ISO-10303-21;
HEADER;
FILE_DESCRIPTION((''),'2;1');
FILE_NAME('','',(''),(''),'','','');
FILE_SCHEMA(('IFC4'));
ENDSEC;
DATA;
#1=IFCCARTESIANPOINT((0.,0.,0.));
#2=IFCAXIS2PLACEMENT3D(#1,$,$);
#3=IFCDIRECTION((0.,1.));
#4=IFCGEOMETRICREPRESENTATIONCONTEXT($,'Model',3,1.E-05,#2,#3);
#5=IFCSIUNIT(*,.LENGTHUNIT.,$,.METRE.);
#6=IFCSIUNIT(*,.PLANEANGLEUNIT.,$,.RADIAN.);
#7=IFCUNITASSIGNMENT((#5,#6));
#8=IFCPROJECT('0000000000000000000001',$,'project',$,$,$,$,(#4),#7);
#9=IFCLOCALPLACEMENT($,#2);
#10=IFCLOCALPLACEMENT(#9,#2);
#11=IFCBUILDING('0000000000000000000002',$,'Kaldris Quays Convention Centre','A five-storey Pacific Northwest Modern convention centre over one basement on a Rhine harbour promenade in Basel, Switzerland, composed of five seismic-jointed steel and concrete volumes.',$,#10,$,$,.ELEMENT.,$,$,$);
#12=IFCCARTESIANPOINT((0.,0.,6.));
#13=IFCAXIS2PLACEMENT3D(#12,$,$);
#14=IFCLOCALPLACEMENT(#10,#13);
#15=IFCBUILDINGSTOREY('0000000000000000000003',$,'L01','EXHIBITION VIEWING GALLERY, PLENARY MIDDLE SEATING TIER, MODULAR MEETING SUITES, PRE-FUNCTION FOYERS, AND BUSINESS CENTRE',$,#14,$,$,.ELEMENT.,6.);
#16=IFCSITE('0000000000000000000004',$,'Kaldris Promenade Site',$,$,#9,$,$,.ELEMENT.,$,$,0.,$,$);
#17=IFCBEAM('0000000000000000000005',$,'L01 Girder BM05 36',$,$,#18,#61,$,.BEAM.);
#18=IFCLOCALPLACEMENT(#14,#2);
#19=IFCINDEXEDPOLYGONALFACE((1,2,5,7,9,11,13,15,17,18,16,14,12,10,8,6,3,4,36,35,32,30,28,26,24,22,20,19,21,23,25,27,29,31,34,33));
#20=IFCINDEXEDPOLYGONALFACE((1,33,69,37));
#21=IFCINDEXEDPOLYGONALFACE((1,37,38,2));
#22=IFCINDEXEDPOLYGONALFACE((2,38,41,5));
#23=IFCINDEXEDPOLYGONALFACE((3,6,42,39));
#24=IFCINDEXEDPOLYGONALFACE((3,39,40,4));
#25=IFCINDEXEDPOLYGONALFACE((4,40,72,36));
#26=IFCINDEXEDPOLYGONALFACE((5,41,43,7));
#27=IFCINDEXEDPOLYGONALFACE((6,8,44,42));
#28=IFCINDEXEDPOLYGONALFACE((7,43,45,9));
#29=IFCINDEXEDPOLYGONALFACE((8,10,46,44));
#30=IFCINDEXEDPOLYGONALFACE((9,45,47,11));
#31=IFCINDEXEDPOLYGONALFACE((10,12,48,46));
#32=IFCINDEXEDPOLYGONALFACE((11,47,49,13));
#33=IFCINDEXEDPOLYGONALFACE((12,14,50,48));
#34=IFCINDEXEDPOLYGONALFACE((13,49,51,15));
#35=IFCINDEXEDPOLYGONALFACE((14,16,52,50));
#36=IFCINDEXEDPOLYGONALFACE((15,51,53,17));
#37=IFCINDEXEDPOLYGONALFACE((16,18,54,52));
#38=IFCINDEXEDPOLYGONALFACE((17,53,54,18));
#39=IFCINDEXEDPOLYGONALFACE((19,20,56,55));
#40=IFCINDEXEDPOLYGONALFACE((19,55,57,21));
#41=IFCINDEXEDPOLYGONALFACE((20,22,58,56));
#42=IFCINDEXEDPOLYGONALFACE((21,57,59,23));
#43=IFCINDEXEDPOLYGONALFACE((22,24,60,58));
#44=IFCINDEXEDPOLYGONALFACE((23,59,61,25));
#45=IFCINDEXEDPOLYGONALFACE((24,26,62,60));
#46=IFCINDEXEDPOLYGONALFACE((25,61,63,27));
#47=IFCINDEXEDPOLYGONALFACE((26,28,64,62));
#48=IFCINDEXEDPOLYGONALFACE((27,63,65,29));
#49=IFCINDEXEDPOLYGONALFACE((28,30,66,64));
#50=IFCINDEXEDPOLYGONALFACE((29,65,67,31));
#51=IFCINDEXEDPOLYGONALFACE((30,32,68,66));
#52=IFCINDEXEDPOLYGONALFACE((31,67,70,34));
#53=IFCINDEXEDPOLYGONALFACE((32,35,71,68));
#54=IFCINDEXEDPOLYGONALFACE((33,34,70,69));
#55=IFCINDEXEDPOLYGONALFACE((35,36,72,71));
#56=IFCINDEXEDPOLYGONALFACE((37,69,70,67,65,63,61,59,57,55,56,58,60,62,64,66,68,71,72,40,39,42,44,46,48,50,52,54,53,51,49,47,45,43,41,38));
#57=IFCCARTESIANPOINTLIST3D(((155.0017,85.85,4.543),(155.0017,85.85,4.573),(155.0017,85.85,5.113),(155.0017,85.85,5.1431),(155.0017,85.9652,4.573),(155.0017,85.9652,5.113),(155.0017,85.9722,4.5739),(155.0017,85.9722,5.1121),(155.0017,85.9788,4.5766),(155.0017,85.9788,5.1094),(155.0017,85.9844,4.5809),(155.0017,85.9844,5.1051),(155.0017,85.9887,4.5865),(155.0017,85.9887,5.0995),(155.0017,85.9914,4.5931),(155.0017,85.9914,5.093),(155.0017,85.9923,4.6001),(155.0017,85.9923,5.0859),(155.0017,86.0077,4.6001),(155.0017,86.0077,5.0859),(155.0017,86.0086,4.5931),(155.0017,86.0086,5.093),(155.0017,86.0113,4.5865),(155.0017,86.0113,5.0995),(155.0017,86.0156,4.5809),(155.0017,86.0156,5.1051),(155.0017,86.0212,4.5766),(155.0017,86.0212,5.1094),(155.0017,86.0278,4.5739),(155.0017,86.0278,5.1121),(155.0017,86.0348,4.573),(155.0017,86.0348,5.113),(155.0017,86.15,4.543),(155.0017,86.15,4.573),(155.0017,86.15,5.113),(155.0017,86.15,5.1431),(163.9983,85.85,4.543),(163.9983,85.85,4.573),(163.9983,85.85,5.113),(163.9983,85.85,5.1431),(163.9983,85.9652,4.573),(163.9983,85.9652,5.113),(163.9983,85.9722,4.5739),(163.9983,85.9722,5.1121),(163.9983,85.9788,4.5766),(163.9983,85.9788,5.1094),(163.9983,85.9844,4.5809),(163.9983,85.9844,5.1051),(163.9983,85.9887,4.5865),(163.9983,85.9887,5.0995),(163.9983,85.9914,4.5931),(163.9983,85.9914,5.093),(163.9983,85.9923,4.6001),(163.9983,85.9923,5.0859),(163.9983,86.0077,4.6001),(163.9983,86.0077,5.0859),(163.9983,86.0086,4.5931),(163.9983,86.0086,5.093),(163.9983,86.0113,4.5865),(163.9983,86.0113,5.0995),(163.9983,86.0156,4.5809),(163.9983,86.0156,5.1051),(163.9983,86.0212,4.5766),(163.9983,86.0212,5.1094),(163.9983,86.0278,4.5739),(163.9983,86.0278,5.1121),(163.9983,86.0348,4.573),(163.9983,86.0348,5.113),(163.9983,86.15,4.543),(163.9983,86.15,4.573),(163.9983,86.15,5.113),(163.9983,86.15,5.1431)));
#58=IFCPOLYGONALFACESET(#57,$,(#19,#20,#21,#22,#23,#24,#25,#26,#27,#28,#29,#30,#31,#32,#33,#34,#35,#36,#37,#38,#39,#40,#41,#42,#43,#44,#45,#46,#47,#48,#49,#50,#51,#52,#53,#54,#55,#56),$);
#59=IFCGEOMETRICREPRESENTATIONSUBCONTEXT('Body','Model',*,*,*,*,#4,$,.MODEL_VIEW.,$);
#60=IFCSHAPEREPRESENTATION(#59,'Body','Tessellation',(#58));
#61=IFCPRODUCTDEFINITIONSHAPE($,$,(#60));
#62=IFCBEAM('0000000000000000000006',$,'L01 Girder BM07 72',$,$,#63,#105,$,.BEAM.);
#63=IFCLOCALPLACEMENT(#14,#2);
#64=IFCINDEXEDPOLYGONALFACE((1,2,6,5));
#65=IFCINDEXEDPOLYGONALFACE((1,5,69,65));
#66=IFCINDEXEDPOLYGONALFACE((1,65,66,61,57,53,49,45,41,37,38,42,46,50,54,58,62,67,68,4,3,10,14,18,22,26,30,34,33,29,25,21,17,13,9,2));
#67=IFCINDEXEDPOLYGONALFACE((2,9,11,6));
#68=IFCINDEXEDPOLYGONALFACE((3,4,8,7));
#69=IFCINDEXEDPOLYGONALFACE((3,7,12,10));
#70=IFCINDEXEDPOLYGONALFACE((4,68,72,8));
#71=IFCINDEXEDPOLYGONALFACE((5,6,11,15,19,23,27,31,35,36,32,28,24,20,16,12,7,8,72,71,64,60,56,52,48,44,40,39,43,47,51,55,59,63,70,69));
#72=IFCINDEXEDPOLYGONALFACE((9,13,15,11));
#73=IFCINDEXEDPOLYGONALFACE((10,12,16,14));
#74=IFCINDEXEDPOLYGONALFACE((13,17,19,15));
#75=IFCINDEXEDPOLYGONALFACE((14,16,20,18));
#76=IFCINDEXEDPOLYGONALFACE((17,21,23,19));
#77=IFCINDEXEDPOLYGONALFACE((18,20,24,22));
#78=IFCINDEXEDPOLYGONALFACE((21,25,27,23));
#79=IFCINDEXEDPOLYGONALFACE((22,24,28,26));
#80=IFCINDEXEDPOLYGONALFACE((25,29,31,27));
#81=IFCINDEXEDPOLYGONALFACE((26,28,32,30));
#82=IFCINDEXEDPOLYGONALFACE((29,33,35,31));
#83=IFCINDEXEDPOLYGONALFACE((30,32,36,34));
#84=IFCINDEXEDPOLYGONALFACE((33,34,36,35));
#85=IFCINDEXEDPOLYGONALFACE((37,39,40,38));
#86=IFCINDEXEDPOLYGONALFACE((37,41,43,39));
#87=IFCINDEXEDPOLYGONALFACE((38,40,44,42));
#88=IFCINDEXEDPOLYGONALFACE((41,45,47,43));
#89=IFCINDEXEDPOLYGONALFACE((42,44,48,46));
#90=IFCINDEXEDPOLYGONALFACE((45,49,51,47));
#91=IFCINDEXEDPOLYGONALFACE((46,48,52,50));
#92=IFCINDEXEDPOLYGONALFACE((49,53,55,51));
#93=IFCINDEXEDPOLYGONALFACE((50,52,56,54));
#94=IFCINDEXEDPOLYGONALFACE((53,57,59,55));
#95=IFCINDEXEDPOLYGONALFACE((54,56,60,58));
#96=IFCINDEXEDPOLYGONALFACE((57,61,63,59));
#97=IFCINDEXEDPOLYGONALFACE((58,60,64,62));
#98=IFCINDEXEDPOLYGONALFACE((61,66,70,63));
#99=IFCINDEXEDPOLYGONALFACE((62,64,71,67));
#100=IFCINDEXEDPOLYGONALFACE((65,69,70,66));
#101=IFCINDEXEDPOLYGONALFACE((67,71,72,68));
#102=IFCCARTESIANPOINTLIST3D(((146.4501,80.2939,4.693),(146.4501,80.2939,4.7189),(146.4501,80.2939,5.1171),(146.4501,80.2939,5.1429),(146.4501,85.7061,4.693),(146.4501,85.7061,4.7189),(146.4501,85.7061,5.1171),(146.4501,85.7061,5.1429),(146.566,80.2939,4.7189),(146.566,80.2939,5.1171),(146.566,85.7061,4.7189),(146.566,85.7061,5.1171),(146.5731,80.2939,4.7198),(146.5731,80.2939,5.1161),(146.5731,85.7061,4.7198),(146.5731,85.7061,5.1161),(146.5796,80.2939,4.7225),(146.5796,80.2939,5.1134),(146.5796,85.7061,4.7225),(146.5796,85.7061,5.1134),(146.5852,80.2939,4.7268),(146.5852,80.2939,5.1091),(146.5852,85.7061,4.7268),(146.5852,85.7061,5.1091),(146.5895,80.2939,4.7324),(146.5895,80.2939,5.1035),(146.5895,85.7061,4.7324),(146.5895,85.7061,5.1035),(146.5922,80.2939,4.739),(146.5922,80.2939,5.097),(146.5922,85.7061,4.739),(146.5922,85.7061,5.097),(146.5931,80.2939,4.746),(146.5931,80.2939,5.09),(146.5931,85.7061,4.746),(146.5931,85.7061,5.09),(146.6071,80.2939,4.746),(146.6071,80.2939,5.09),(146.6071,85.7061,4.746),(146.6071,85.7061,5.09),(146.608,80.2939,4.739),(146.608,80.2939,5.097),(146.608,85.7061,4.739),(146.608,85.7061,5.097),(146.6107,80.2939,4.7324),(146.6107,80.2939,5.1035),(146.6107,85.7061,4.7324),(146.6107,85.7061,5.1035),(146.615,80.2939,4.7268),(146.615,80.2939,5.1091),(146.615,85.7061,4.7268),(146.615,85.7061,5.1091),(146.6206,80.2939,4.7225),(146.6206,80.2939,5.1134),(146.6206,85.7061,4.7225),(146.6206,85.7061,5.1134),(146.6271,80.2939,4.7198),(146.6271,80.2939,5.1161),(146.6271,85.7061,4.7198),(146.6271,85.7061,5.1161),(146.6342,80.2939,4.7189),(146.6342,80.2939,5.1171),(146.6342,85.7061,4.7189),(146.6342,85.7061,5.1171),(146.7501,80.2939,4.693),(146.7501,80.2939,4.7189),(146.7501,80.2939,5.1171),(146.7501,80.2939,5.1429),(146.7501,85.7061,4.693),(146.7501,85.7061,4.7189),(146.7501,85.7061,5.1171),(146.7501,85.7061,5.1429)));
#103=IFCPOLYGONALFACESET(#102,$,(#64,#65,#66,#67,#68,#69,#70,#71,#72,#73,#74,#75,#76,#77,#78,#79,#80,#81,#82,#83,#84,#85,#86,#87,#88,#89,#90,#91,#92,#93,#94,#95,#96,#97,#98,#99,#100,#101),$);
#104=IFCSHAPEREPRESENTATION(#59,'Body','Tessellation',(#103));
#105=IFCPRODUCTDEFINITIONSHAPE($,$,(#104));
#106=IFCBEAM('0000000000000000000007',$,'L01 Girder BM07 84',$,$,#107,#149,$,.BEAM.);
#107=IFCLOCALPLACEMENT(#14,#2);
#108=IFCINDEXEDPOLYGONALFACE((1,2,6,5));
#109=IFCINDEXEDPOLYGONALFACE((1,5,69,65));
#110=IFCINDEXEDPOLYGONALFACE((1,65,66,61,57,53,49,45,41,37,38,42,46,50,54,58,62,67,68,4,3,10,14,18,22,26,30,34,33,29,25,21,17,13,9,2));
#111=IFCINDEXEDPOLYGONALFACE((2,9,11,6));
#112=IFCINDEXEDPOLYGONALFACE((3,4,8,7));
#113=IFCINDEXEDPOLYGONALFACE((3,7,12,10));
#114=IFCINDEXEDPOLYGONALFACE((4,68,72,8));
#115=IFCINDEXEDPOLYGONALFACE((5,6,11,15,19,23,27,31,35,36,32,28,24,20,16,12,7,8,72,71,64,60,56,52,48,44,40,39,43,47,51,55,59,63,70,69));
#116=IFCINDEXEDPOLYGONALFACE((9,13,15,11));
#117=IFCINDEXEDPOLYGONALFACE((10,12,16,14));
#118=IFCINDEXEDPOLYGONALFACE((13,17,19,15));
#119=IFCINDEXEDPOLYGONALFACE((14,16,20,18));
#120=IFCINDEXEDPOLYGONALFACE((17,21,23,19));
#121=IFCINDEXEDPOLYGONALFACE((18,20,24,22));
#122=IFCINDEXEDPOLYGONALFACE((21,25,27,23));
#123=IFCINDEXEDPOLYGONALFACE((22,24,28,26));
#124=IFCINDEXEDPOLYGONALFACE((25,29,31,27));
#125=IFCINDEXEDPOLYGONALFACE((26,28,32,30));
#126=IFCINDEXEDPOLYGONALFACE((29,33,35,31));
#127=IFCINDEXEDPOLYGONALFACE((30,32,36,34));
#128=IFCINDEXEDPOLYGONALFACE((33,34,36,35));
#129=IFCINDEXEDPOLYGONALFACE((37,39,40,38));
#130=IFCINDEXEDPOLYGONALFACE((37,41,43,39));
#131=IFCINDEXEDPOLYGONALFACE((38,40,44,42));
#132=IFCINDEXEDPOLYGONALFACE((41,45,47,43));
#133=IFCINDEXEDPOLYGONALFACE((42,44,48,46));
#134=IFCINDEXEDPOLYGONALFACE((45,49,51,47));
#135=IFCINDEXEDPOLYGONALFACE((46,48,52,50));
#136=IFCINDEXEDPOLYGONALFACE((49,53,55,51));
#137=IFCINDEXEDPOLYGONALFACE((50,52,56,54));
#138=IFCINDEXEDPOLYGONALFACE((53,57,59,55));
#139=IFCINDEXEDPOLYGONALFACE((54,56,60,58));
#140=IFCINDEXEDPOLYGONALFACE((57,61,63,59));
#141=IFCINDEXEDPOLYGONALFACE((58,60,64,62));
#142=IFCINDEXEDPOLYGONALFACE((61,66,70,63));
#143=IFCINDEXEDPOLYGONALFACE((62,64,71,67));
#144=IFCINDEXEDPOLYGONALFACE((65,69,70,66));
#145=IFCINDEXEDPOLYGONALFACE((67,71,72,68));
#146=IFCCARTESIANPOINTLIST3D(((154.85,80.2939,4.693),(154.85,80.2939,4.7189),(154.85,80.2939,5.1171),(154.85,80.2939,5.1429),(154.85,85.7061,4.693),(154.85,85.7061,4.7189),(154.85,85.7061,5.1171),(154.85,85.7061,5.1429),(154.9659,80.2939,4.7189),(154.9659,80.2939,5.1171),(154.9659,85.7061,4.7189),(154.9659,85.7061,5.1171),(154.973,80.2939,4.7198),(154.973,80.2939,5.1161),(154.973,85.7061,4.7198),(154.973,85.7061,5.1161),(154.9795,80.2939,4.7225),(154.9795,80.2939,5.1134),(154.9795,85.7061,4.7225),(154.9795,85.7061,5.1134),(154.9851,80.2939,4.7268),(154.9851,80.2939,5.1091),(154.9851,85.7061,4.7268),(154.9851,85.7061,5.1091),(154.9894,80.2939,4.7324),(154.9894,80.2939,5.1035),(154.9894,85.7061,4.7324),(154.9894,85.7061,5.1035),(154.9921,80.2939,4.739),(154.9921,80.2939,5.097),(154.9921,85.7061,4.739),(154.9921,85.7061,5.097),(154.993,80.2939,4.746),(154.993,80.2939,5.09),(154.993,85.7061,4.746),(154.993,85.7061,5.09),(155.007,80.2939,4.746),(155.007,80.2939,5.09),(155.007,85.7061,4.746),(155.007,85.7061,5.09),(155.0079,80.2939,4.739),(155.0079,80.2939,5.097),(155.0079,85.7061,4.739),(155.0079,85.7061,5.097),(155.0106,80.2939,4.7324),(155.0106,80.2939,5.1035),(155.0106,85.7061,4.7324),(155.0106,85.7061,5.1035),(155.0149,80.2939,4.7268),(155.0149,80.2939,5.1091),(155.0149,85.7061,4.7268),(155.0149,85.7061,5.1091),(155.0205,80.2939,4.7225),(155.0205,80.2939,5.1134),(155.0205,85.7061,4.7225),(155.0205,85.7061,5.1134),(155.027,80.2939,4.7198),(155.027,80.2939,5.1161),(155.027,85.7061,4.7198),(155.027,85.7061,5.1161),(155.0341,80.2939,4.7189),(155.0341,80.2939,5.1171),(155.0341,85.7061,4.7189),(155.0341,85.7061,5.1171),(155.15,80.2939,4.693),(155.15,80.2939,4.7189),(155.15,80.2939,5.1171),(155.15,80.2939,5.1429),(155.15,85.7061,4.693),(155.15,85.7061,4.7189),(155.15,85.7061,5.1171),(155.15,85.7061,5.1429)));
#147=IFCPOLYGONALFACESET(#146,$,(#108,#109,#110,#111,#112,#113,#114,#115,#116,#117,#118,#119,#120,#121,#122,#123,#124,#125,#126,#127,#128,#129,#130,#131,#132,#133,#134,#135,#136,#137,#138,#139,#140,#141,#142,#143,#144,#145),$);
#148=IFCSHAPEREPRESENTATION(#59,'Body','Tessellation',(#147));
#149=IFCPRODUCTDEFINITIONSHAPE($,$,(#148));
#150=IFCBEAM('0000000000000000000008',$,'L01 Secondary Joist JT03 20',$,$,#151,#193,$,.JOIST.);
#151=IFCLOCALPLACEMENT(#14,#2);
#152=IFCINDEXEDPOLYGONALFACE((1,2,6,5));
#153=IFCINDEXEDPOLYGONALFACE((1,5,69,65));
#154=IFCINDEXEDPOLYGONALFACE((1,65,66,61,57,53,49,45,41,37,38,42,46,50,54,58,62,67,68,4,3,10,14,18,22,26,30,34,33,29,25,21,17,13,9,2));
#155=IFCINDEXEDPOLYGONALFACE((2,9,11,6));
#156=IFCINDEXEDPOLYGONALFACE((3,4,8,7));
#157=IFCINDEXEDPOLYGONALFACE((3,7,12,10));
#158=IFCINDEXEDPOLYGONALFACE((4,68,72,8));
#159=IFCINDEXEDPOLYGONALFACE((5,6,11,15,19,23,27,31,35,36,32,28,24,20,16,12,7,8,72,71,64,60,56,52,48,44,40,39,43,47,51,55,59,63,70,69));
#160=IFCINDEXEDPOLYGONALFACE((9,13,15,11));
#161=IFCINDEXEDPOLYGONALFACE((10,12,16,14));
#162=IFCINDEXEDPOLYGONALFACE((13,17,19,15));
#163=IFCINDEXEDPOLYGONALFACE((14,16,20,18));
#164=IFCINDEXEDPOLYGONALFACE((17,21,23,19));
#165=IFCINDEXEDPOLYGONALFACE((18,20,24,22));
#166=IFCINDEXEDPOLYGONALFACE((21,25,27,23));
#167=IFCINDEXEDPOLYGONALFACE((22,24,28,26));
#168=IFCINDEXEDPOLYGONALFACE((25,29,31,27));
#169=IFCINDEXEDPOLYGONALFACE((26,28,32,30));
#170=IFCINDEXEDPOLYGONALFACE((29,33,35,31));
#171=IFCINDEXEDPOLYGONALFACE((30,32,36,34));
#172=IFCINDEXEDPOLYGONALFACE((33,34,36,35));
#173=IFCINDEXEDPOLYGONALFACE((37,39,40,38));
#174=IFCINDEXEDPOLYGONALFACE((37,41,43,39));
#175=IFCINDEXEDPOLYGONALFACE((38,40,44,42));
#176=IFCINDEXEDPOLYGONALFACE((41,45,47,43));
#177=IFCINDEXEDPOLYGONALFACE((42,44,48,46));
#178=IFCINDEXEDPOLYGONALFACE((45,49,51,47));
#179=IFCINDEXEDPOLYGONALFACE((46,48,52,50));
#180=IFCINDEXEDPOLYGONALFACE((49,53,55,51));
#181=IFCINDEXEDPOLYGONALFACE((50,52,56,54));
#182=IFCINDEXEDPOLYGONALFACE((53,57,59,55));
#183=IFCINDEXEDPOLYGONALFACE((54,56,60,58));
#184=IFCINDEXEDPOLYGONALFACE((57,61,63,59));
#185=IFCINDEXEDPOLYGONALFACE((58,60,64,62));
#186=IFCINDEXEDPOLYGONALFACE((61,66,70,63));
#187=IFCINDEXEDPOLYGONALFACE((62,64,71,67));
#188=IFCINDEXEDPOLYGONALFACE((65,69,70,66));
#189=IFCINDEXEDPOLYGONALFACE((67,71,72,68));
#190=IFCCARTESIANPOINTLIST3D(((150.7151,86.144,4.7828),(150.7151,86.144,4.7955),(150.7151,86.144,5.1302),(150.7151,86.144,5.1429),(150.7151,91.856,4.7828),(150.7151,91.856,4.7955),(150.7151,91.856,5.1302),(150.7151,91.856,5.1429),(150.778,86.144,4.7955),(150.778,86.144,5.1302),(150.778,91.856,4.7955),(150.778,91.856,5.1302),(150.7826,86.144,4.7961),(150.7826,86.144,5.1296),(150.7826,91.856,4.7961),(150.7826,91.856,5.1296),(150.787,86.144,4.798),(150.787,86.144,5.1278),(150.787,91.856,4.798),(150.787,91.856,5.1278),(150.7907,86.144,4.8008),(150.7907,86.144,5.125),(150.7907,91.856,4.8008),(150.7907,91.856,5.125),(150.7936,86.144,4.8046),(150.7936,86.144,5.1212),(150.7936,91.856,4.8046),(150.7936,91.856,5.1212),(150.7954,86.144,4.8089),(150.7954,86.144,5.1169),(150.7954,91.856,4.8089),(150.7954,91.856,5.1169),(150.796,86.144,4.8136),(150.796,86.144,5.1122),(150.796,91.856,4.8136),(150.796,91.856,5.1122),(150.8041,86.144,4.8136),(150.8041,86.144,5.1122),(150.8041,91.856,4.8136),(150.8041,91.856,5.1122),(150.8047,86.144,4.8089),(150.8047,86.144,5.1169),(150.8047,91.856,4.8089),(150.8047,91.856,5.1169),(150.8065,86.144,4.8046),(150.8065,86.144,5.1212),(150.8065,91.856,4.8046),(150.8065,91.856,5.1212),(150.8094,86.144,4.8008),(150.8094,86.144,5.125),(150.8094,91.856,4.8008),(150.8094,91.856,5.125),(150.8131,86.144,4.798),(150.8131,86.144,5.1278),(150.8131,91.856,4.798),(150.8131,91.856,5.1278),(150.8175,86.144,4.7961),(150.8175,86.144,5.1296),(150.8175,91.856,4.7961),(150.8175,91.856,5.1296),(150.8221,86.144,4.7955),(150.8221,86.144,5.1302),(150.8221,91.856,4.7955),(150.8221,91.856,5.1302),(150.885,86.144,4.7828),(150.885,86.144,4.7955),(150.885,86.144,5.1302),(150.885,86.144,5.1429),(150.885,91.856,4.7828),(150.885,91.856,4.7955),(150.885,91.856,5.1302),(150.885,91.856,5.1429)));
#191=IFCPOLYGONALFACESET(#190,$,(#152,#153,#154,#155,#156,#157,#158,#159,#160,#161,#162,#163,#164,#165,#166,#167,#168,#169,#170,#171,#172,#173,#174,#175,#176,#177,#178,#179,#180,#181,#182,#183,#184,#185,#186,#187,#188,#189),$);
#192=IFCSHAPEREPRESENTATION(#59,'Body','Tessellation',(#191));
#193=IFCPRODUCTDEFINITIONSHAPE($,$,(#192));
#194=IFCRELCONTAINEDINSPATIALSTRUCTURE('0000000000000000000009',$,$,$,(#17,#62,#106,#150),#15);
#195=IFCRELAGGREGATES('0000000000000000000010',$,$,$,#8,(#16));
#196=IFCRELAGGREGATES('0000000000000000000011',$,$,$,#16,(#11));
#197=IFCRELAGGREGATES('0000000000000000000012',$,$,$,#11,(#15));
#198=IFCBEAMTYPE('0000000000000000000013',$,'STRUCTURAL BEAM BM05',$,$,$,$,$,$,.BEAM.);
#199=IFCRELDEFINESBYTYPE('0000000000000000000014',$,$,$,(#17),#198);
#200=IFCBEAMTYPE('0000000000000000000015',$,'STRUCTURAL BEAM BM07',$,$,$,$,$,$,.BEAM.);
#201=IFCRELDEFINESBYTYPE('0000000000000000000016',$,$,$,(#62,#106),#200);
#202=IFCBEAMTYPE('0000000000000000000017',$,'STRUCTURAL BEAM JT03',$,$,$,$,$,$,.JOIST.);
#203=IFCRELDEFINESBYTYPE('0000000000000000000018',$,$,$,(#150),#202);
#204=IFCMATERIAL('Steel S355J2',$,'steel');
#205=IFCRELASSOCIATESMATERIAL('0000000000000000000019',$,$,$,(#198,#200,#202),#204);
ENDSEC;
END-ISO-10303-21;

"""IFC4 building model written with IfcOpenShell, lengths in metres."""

from ifc_helpers import new_model, si_unit, direction, frame, origin, origin_2d, place, context, subcontext, project, spatial, i_section, extrude, material, material_profile, profile_set, type_object, element, save


model = new_model("IFC4")

# Units and contexts
model_context = context("Model", 3, precision=1e-05, world=origin(), true_north=direction((0.0, 1.0)))
body_context = subcontext(model_context, "Body", "Model", "MODEL_VIEW")
ifc_project = project(units=[si_unit("LENGTHUNIT", "METRE"), si_unit("PLANEANGLEUNIT", "RADIAN")], contexts=[model_context])

# Site, building, storey
site_placement = place(None, origin())
site = spatial("IfcSite", under=ifc_project, at=site_placement, Name="Kaldris Promenade Site", CompositionType="ELEMENT", RefElevation=0.0)
building_placement = place(site_placement, origin())
building = spatial("IfcBuilding", under=site, at=building_placement, Name="Kaldris Quays Convention Centre", Description="A five-storey Pacific Northwest Modern convention centre over one basement on a Rhine harbour promenade in Basel, Switzerland, composed of five seismic-jointed steel and concrete volumes.", CompositionType="ELEMENT")
storey_placement = place(building_placement, frame((0.0, 0.0, 6.0)))
storey = spatial("IfcBuildingStorey", under=building, at=storey_placement, Name="L01", Description="EXHIBITION VIEWING GALLERY, PLENARY MIDDLE SEATING TIER, MODULAR MEETING SUITES, PRE-FUNCTION FOYERS, AND BUSINESS CENTRE", CompositionType="ELEMENT", Elevation=6.0)

# Shared definitions
ifc_material_1 = material(Name="Steel S355J2", Category="steel")

# Beams
ifc_material_profile_1 = material_profile(ifc_material_1, i_section(OverallWidth=0.3, OverallDepth=0.6001, WebThickness=0.0154, FlangeThickness=0.03, FilletRadius=0.0271, at=origin_2d()), Name="HEB 600")
ifc_profile_set_1 = profile_set([ifc_material_profile_1], Name="Steel S355J2")
beam_type_1 = type_object("IfcBeamType", Name="STRUCTURAL BEAM BM05", PredefinedType="BEAM", material=ifc_profile_set_1)
beam_1_placement = place(storey_placement, frame((155.0017, 86.0, 4.843), z_axis=(1.0, 0.0, 0.0), x_axis=(0.0, 1.0, 0.0)))
element("IfcBeam", 1, at=beam_1_placement, inside=storey, type_object=beam_type_1, Name="L01 Girder BM05 36", PredefinedType="BEAM", context=body_context, shape_type="SweptSolid", body=[
    extrude(i_section(OverallWidth=0.3, OverallDepth=0.6001, WebThickness=0.0154, FlangeThickness=0.03, FilletRadius=0.0271, at=origin_2d()), origin(), (0.0, 0.0, 1.0), 8.9966),
])
ifc_material_profile_2 = material_profile(ifc_material_1, i_section(OverallWidth=0.3, OverallDepth=0.45, WebThickness=0.0139, FlangeThickness=0.0259, FilletRadius=0.0271, at=origin_2d()), Name="HEB 450")
ifc_profile_set_2 = profile_set([ifc_material_profile_2], Name="Steel S355J2")
beam_type_2 = type_object("IfcBeamType", Name="STRUCTURAL BEAM BM07", PredefinedType="BEAM", material=ifc_profile_set_2)
for number, where, z_axis, x_axis, name in (
    (2, (146.6001, 80.2939, 4.918), (0.0, 1.0, 0.0), (-1.0, 0.0, 0.0), "L01 Girder BM07 72"),
    (3, (155.0, 80.2939, 4.918), (0.0, 1.0, 0.0), (-1.0, 0.0, 0.0), "L01 Girder BM07 84"),
):
    element("IfcBeam", number, at=place(storey_placement, frame(where, z_axis=z_axis, x_axis=x_axis)), inside=storey, type_object=beam_type_2, Name=name, PredefinedType="BEAM", context=body_context, shape_type="SweptSolid", body=[
        extrude(i_section(OverallWidth=0.3, OverallDepth=0.45, WebThickness=0.0139, FlangeThickness=0.0259, FilletRadius=0.0271, at=origin_2d()), origin(), (0.0, 0.0, 1.0), 5.4121),
    ])
ifc_material_profile_3 = material_profile(ifc_material_1, i_section(OverallWidth=0.1699, OverallDepth=0.3601, WebThickness=0.0081, FlangeThickness=0.0127, FilletRadius=0.0181, at=origin_2d()), Name="IPE 360")
ifc_profile_set_3 = profile_set([ifc_material_profile_3], Name="Steel S355J2")
beam_type_3 = type_object("IfcBeamType", Name="STRUCTURAL BEAM JT03", PredefinedType="JOIST", material=ifc_profile_set_3)
beam_2_placement = place(storey_placement, frame((150.8, 86.144, 4.9629), z_axis=(0.0, 1.0, 0.0), x_axis=(-1.0, 0.0, 0.0)))
element("IfcBeam", 4, at=beam_2_placement, inside=storey, type_object=beam_type_3, Name="L01 Secondary Joist JT03 20", PredefinedType="JOIST", context=body_context, shape_type="SweptSolid", body=[
    extrude(i_section(OverallWidth=0.1699, OverallDepth=0.3601, WebThickness=0.0081, FlangeThickness=0.0127, FilletRadius=0.0181, at=origin_2d()), origin(), (0.0, 0.0, 1.0), 5.7119),
])

save(model, "model.ifc")
